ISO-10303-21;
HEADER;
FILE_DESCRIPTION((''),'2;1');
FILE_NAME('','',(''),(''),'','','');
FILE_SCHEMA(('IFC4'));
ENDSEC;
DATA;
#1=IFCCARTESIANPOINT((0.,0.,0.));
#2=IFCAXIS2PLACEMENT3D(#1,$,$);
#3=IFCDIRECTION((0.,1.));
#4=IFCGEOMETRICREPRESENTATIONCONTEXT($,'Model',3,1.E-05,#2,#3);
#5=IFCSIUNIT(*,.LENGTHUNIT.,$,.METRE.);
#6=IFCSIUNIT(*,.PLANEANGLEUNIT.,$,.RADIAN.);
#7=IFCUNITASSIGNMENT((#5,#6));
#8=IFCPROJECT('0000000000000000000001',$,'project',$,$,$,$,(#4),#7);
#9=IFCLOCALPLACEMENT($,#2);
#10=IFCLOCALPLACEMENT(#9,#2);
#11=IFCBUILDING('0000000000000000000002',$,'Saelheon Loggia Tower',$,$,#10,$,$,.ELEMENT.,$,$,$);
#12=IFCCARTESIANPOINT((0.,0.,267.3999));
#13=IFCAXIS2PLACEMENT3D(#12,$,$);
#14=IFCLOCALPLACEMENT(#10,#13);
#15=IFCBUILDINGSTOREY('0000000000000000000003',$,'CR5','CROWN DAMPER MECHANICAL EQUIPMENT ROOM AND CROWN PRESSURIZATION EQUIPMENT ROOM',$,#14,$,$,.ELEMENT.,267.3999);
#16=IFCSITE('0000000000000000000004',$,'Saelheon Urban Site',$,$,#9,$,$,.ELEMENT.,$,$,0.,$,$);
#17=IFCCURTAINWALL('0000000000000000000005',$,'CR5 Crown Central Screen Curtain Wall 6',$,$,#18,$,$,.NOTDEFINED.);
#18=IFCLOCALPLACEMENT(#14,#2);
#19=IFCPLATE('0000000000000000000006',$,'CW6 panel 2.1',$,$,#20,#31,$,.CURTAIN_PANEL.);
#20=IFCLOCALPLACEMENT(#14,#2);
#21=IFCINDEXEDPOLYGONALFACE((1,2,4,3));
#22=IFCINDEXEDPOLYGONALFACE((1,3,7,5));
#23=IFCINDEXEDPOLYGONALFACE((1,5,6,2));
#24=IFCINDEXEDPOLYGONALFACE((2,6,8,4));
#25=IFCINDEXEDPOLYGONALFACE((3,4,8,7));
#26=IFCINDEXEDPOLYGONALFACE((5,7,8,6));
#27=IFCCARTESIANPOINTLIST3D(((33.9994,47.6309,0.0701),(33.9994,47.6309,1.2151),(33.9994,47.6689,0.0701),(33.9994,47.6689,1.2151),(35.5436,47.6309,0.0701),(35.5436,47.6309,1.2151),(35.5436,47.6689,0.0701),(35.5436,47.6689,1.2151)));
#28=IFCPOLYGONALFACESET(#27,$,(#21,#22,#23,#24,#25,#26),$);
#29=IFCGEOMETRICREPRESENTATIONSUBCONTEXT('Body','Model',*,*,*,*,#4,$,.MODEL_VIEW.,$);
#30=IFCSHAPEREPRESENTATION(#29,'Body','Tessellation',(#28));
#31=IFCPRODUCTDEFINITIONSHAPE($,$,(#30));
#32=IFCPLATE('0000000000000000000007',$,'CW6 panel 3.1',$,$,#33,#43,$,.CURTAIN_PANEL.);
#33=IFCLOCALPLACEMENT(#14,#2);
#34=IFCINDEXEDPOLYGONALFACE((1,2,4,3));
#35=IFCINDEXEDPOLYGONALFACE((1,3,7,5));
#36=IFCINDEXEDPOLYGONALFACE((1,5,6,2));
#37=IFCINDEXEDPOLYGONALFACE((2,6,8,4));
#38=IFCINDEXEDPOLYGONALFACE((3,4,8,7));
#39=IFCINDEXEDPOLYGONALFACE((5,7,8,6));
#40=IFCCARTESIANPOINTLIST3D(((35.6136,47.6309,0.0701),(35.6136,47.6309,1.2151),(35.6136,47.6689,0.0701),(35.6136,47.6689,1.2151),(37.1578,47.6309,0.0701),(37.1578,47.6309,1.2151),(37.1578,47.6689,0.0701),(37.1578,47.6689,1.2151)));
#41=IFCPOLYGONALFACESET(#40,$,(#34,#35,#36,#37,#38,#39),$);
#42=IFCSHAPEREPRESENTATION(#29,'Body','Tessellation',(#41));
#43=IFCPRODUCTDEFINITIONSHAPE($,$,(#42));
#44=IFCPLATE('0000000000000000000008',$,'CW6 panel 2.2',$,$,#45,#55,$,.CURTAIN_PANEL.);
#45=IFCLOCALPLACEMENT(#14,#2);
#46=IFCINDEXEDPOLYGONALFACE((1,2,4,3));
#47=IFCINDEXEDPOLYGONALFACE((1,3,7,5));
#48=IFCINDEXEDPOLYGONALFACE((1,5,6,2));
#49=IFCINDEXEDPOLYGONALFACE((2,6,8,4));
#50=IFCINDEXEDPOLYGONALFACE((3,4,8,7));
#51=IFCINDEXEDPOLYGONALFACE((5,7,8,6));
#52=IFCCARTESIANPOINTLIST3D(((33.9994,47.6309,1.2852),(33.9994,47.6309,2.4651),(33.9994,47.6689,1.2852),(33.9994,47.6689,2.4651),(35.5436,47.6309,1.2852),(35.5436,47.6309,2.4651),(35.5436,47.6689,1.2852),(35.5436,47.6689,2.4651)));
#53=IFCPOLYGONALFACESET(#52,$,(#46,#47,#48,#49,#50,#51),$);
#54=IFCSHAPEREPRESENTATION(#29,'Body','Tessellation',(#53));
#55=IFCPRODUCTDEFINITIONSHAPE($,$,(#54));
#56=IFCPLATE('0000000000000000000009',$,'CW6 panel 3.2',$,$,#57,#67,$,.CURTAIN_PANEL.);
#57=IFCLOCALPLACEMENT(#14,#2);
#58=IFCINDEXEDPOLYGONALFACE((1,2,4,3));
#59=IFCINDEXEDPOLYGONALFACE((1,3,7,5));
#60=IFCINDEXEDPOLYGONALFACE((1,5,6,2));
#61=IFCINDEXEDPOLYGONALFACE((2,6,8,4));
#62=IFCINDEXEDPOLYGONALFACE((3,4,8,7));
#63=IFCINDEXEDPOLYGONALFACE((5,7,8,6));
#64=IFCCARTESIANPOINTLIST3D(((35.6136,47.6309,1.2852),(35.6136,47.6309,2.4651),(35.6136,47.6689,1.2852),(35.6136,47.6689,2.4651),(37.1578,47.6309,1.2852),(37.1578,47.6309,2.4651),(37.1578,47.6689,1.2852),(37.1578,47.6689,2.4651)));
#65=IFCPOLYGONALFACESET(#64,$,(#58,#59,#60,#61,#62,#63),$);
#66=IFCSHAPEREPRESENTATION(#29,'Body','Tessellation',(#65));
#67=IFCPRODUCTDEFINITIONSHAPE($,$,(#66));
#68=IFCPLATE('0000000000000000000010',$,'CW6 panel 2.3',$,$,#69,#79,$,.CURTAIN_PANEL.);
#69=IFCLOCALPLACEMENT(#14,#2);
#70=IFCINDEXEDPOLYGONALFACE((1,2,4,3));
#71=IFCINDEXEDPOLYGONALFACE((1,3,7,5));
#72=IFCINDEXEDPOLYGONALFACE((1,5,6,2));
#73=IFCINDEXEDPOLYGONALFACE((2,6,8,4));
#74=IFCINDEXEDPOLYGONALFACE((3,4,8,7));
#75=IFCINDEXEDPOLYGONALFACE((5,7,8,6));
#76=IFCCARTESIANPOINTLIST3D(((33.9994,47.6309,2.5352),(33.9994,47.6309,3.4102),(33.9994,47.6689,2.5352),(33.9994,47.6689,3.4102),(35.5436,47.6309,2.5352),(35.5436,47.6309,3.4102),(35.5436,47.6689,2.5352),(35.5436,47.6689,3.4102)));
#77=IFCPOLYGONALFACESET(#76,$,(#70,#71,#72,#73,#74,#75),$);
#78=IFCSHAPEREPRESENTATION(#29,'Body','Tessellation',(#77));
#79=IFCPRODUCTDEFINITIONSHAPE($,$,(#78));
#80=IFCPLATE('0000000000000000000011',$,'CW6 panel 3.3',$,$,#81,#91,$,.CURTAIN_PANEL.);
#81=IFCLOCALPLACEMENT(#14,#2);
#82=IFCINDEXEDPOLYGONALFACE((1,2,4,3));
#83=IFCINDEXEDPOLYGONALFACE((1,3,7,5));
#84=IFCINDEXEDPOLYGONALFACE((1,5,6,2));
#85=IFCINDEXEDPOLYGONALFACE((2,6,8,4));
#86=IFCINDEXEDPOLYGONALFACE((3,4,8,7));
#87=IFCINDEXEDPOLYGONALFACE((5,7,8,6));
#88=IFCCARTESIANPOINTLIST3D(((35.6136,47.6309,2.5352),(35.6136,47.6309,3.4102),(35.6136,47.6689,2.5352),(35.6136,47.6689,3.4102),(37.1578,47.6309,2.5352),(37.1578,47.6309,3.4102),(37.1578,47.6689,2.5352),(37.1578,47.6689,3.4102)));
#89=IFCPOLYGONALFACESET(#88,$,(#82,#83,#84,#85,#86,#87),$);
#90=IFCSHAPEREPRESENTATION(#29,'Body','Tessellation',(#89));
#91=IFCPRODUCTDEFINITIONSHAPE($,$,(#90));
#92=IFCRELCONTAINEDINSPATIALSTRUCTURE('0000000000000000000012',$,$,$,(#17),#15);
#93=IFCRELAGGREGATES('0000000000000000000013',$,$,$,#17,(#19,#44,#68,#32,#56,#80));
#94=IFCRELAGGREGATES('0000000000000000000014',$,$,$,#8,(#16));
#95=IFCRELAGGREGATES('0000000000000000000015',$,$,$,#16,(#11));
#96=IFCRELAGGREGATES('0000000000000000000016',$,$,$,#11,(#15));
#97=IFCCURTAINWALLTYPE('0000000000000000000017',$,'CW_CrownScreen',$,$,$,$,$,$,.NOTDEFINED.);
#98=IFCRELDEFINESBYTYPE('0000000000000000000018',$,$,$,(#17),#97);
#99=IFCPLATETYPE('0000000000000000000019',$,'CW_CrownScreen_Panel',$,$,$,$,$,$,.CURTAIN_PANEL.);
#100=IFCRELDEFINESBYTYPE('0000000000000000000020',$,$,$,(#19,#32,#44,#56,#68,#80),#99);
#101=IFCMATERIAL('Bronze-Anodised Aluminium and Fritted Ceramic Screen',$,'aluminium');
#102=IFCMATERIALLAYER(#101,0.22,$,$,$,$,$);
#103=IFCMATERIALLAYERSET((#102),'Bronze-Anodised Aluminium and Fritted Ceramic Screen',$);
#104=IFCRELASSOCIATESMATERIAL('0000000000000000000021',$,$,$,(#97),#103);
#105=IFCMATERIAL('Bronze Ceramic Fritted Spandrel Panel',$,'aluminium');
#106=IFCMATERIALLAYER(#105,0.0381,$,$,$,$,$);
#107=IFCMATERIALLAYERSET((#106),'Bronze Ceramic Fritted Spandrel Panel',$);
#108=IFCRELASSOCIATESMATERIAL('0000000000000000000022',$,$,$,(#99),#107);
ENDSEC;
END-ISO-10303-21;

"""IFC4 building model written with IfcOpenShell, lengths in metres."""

from ifc_helpers import new_model, si_unit, direction, frame, origin, origin_2d, place, context, subcontext, project, spatial, rectangle, extrude, source, transform, mapped, material, layer, layer_set, type_object, element, aggregate, save


model = new_model("IFC4")

# Units and contexts
model_context = context("Model", 3, precision=1e-05, world=origin(), true_north=direction((0.0, 1.0)))
body_context = subcontext(model_context, "Body", "Model", "MODEL_VIEW")
ifc_project = project(units=[si_unit("LENGTHUNIT", "METRE"), si_unit("PLANEANGLEUNIT", "RADIAN")], contexts=[model_context])

# Site, building, storey
site_placement = place(None, origin())
site = spatial("IfcSite", under=ifc_project, at=site_placement, Name="Saelheon Urban Site", CompositionType="ELEMENT", RefElevation=0.0)
building_placement = place(site_placement, origin())
building = spatial("IfcBuilding", under=site, at=building_placement, Name="Saelheon Loggia Tower", CompositionType="ELEMENT")
storey_placement = place(building_placement, frame((0.0, 0.0, 267.3999)))
storey = spatial("IfcBuildingStorey", under=building, at=storey_placement, Name="CR5", Description="CROWN DAMPER MECHANICAL EQUIPMENT ROOM AND CROWN PRESSURIZATION EQUIPMENT ROOM", CompositionType="ELEMENT", Elevation=267.3999)

# Curtain wall, plates
ifc_material_1 = material(Name="Bronze-Anodised Aluminium and Fritted Ceramic Screen", Category="aluminium")
ifc_layer_1 = layer(ifc_material_1, 0.22)
ifc_layer_set_1 = layer_set([ifc_layer_1], Name="Bronze-Anodised Aluminium and Fritted Ceramic Screen")
curtain_wall_type = type_object("IfcCurtainWallType", Name="CW_CrownScreen", PredefinedType="NOTDEFINED", material=ifc_layer_set_1)
curtain_wall_placement = place(storey_placement, origin())
curtain_wall = element("IfcCurtainWall", 1, at=curtain_wall_placement, inside=storey, type_object=curtain_wall_type, Name="CR5 Crown Central Screen Curtain Wall 6", PredefinedType="NOTDEFINED")
ifc_material_2 = material(Name="Bronze Ceramic Fritted Spandrel Panel", Category="aluminium")
ifc_layer_2 = layer(ifc_material_2, 0.0381)
ifc_layer_set_2 = layer_set([ifc_layer_2], Name="Bronze Ceramic Fritted Spandrel Panel")
plate_type = type_object("IfcPlateType", Name="CW_CrownScreen_Panel", PredefinedType="CURTAIN_PANEL", material=ifc_layer_set_2)
shared_shape_1 = source(origin(), body_context, "Body", "SweptSolid", [
    extrude(rectangle(XDim=1.5442, YDim=0.0381, at=origin_2d()), origin(), (0.0, 0.0, 1.0), 1.145),
])
plate_1_placement = place(storey_placement, frame((34.7715, 47.6499, 0.0701), z_axis=(0.0, 0.0, 1.0), x_axis=(1.0, 0.0, 0.0)))
plate_1 = element("IfcPlate", 2, at=plate_1_placement, type_object=plate_type, Name="CW6 panel 2.1", PredefinedType="CURTAIN_PANEL", context=body_context, shape_type="MappedRepresentation", body=[
    mapped(shared_shape_1, transform((0.0, 0.0, 0.0), scale=1.0)),
])
plate_2_placement = place(storey_placement, frame((36.3857, 47.6499, 0.0701), z_axis=(0.0, 0.0, 1.0), x_axis=(1.0, 0.0, 0.0)))
plate_2 = element("IfcPlate", 3, at=plate_2_placement, type_object=plate_type, Name="CW6 panel 3.1", PredefinedType="CURTAIN_PANEL", context=body_context, shape_type="MappedRepresentation", body=[
    mapped(shared_shape_1, transform((0.0, 0.0, 0.0), scale=1.0)),
])
shared_shape_2 = source(origin(), body_context, "Body", "SweptSolid", [
    extrude(rectangle(XDim=1.5442, YDim=0.0381, at=origin_2d()), origin(), (0.0, 0.0, 1.0), 1.1799),
])
plate_3_placement = place(storey_placement, frame((34.7715, 47.6499, 1.2852), z_axis=(0.0, 0.0, 1.0), x_axis=(1.0, 0.0, 0.0)))
plate_3 = element("IfcPlate", 4, at=plate_3_placement, type_object=plate_type, Name="CW6 panel 2.2", PredefinedType="CURTAIN_PANEL", context=body_context, shape_type="MappedRepresentation", body=[
    mapped(shared_shape_2, transform((0.0, 0.0, 0.0), scale=1.0)),
])
plate_4_placement = place(storey_placement, frame((36.3857, 47.6499, 1.2852), z_axis=(0.0, 0.0, 1.0), x_axis=(1.0, 0.0, 0.0)))
plate_4 = element("IfcPlate", 5, at=plate_4_placement, type_object=plate_type, Name="CW6 panel 3.2", PredefinedType="CURTAIN_PANEL", context=body_context, shape_type="MappedRepresentation", body=[
    mapped(shared_shape_2, transform((0.0, 0.0, 0.0), scale=1.0)),
])
shared_shape_3 = source(origin(), body_context, "Body", "SweptSolid", [
    extrude(rectangle(XDim=1.5442, YDim=0.0381, at=origin_2d()), origin(), (0.0, 0.0, 1.0), 0.875),
])
plate_5_placement = place(storey_placement, frame((34.7715, 47.6499, 2.5352), z_axis=(0.0, 0.0, 1.0), x_axis=(1.0, 0.0, 0.0)))
plate_5 = element("IfcPlate", 6, at=plate_5_placement, type_object=plate_type, Name="CW6 panel 2.3", PredefinedType="CURTAIN_PANEL", context=body_context, shape_type="MappedRepresentation", body=[
    mapped(shared_shape_3, transform((0.0, 0.0, 0.0), scale=1.0)),
])
plate_6_placement = place(storey_placement, frame((36.3857, 47.6499, 2.5352), z_axis=(0.0, 0.0, 1.0), x_axis=(1.0, 0.0, 0.0)))
plate_6 = element("IfcPlate", 7, at=plate_6_placement, type_object=plate_type, Name="CW6 panel 3.3", PredefinedType="CURTAIN_PANEL", context=body_context, shape_type="MappedRepresentation", body=[
    mapped(shared_shape_3, transform((0.0, 0.0, 0.0), scale=1.0)),
])
aggregate(curtain_wall, [plate_1, plate_3, plate_5, plate_2, plate_4, plate_6])

save(model, "model.ifc")
